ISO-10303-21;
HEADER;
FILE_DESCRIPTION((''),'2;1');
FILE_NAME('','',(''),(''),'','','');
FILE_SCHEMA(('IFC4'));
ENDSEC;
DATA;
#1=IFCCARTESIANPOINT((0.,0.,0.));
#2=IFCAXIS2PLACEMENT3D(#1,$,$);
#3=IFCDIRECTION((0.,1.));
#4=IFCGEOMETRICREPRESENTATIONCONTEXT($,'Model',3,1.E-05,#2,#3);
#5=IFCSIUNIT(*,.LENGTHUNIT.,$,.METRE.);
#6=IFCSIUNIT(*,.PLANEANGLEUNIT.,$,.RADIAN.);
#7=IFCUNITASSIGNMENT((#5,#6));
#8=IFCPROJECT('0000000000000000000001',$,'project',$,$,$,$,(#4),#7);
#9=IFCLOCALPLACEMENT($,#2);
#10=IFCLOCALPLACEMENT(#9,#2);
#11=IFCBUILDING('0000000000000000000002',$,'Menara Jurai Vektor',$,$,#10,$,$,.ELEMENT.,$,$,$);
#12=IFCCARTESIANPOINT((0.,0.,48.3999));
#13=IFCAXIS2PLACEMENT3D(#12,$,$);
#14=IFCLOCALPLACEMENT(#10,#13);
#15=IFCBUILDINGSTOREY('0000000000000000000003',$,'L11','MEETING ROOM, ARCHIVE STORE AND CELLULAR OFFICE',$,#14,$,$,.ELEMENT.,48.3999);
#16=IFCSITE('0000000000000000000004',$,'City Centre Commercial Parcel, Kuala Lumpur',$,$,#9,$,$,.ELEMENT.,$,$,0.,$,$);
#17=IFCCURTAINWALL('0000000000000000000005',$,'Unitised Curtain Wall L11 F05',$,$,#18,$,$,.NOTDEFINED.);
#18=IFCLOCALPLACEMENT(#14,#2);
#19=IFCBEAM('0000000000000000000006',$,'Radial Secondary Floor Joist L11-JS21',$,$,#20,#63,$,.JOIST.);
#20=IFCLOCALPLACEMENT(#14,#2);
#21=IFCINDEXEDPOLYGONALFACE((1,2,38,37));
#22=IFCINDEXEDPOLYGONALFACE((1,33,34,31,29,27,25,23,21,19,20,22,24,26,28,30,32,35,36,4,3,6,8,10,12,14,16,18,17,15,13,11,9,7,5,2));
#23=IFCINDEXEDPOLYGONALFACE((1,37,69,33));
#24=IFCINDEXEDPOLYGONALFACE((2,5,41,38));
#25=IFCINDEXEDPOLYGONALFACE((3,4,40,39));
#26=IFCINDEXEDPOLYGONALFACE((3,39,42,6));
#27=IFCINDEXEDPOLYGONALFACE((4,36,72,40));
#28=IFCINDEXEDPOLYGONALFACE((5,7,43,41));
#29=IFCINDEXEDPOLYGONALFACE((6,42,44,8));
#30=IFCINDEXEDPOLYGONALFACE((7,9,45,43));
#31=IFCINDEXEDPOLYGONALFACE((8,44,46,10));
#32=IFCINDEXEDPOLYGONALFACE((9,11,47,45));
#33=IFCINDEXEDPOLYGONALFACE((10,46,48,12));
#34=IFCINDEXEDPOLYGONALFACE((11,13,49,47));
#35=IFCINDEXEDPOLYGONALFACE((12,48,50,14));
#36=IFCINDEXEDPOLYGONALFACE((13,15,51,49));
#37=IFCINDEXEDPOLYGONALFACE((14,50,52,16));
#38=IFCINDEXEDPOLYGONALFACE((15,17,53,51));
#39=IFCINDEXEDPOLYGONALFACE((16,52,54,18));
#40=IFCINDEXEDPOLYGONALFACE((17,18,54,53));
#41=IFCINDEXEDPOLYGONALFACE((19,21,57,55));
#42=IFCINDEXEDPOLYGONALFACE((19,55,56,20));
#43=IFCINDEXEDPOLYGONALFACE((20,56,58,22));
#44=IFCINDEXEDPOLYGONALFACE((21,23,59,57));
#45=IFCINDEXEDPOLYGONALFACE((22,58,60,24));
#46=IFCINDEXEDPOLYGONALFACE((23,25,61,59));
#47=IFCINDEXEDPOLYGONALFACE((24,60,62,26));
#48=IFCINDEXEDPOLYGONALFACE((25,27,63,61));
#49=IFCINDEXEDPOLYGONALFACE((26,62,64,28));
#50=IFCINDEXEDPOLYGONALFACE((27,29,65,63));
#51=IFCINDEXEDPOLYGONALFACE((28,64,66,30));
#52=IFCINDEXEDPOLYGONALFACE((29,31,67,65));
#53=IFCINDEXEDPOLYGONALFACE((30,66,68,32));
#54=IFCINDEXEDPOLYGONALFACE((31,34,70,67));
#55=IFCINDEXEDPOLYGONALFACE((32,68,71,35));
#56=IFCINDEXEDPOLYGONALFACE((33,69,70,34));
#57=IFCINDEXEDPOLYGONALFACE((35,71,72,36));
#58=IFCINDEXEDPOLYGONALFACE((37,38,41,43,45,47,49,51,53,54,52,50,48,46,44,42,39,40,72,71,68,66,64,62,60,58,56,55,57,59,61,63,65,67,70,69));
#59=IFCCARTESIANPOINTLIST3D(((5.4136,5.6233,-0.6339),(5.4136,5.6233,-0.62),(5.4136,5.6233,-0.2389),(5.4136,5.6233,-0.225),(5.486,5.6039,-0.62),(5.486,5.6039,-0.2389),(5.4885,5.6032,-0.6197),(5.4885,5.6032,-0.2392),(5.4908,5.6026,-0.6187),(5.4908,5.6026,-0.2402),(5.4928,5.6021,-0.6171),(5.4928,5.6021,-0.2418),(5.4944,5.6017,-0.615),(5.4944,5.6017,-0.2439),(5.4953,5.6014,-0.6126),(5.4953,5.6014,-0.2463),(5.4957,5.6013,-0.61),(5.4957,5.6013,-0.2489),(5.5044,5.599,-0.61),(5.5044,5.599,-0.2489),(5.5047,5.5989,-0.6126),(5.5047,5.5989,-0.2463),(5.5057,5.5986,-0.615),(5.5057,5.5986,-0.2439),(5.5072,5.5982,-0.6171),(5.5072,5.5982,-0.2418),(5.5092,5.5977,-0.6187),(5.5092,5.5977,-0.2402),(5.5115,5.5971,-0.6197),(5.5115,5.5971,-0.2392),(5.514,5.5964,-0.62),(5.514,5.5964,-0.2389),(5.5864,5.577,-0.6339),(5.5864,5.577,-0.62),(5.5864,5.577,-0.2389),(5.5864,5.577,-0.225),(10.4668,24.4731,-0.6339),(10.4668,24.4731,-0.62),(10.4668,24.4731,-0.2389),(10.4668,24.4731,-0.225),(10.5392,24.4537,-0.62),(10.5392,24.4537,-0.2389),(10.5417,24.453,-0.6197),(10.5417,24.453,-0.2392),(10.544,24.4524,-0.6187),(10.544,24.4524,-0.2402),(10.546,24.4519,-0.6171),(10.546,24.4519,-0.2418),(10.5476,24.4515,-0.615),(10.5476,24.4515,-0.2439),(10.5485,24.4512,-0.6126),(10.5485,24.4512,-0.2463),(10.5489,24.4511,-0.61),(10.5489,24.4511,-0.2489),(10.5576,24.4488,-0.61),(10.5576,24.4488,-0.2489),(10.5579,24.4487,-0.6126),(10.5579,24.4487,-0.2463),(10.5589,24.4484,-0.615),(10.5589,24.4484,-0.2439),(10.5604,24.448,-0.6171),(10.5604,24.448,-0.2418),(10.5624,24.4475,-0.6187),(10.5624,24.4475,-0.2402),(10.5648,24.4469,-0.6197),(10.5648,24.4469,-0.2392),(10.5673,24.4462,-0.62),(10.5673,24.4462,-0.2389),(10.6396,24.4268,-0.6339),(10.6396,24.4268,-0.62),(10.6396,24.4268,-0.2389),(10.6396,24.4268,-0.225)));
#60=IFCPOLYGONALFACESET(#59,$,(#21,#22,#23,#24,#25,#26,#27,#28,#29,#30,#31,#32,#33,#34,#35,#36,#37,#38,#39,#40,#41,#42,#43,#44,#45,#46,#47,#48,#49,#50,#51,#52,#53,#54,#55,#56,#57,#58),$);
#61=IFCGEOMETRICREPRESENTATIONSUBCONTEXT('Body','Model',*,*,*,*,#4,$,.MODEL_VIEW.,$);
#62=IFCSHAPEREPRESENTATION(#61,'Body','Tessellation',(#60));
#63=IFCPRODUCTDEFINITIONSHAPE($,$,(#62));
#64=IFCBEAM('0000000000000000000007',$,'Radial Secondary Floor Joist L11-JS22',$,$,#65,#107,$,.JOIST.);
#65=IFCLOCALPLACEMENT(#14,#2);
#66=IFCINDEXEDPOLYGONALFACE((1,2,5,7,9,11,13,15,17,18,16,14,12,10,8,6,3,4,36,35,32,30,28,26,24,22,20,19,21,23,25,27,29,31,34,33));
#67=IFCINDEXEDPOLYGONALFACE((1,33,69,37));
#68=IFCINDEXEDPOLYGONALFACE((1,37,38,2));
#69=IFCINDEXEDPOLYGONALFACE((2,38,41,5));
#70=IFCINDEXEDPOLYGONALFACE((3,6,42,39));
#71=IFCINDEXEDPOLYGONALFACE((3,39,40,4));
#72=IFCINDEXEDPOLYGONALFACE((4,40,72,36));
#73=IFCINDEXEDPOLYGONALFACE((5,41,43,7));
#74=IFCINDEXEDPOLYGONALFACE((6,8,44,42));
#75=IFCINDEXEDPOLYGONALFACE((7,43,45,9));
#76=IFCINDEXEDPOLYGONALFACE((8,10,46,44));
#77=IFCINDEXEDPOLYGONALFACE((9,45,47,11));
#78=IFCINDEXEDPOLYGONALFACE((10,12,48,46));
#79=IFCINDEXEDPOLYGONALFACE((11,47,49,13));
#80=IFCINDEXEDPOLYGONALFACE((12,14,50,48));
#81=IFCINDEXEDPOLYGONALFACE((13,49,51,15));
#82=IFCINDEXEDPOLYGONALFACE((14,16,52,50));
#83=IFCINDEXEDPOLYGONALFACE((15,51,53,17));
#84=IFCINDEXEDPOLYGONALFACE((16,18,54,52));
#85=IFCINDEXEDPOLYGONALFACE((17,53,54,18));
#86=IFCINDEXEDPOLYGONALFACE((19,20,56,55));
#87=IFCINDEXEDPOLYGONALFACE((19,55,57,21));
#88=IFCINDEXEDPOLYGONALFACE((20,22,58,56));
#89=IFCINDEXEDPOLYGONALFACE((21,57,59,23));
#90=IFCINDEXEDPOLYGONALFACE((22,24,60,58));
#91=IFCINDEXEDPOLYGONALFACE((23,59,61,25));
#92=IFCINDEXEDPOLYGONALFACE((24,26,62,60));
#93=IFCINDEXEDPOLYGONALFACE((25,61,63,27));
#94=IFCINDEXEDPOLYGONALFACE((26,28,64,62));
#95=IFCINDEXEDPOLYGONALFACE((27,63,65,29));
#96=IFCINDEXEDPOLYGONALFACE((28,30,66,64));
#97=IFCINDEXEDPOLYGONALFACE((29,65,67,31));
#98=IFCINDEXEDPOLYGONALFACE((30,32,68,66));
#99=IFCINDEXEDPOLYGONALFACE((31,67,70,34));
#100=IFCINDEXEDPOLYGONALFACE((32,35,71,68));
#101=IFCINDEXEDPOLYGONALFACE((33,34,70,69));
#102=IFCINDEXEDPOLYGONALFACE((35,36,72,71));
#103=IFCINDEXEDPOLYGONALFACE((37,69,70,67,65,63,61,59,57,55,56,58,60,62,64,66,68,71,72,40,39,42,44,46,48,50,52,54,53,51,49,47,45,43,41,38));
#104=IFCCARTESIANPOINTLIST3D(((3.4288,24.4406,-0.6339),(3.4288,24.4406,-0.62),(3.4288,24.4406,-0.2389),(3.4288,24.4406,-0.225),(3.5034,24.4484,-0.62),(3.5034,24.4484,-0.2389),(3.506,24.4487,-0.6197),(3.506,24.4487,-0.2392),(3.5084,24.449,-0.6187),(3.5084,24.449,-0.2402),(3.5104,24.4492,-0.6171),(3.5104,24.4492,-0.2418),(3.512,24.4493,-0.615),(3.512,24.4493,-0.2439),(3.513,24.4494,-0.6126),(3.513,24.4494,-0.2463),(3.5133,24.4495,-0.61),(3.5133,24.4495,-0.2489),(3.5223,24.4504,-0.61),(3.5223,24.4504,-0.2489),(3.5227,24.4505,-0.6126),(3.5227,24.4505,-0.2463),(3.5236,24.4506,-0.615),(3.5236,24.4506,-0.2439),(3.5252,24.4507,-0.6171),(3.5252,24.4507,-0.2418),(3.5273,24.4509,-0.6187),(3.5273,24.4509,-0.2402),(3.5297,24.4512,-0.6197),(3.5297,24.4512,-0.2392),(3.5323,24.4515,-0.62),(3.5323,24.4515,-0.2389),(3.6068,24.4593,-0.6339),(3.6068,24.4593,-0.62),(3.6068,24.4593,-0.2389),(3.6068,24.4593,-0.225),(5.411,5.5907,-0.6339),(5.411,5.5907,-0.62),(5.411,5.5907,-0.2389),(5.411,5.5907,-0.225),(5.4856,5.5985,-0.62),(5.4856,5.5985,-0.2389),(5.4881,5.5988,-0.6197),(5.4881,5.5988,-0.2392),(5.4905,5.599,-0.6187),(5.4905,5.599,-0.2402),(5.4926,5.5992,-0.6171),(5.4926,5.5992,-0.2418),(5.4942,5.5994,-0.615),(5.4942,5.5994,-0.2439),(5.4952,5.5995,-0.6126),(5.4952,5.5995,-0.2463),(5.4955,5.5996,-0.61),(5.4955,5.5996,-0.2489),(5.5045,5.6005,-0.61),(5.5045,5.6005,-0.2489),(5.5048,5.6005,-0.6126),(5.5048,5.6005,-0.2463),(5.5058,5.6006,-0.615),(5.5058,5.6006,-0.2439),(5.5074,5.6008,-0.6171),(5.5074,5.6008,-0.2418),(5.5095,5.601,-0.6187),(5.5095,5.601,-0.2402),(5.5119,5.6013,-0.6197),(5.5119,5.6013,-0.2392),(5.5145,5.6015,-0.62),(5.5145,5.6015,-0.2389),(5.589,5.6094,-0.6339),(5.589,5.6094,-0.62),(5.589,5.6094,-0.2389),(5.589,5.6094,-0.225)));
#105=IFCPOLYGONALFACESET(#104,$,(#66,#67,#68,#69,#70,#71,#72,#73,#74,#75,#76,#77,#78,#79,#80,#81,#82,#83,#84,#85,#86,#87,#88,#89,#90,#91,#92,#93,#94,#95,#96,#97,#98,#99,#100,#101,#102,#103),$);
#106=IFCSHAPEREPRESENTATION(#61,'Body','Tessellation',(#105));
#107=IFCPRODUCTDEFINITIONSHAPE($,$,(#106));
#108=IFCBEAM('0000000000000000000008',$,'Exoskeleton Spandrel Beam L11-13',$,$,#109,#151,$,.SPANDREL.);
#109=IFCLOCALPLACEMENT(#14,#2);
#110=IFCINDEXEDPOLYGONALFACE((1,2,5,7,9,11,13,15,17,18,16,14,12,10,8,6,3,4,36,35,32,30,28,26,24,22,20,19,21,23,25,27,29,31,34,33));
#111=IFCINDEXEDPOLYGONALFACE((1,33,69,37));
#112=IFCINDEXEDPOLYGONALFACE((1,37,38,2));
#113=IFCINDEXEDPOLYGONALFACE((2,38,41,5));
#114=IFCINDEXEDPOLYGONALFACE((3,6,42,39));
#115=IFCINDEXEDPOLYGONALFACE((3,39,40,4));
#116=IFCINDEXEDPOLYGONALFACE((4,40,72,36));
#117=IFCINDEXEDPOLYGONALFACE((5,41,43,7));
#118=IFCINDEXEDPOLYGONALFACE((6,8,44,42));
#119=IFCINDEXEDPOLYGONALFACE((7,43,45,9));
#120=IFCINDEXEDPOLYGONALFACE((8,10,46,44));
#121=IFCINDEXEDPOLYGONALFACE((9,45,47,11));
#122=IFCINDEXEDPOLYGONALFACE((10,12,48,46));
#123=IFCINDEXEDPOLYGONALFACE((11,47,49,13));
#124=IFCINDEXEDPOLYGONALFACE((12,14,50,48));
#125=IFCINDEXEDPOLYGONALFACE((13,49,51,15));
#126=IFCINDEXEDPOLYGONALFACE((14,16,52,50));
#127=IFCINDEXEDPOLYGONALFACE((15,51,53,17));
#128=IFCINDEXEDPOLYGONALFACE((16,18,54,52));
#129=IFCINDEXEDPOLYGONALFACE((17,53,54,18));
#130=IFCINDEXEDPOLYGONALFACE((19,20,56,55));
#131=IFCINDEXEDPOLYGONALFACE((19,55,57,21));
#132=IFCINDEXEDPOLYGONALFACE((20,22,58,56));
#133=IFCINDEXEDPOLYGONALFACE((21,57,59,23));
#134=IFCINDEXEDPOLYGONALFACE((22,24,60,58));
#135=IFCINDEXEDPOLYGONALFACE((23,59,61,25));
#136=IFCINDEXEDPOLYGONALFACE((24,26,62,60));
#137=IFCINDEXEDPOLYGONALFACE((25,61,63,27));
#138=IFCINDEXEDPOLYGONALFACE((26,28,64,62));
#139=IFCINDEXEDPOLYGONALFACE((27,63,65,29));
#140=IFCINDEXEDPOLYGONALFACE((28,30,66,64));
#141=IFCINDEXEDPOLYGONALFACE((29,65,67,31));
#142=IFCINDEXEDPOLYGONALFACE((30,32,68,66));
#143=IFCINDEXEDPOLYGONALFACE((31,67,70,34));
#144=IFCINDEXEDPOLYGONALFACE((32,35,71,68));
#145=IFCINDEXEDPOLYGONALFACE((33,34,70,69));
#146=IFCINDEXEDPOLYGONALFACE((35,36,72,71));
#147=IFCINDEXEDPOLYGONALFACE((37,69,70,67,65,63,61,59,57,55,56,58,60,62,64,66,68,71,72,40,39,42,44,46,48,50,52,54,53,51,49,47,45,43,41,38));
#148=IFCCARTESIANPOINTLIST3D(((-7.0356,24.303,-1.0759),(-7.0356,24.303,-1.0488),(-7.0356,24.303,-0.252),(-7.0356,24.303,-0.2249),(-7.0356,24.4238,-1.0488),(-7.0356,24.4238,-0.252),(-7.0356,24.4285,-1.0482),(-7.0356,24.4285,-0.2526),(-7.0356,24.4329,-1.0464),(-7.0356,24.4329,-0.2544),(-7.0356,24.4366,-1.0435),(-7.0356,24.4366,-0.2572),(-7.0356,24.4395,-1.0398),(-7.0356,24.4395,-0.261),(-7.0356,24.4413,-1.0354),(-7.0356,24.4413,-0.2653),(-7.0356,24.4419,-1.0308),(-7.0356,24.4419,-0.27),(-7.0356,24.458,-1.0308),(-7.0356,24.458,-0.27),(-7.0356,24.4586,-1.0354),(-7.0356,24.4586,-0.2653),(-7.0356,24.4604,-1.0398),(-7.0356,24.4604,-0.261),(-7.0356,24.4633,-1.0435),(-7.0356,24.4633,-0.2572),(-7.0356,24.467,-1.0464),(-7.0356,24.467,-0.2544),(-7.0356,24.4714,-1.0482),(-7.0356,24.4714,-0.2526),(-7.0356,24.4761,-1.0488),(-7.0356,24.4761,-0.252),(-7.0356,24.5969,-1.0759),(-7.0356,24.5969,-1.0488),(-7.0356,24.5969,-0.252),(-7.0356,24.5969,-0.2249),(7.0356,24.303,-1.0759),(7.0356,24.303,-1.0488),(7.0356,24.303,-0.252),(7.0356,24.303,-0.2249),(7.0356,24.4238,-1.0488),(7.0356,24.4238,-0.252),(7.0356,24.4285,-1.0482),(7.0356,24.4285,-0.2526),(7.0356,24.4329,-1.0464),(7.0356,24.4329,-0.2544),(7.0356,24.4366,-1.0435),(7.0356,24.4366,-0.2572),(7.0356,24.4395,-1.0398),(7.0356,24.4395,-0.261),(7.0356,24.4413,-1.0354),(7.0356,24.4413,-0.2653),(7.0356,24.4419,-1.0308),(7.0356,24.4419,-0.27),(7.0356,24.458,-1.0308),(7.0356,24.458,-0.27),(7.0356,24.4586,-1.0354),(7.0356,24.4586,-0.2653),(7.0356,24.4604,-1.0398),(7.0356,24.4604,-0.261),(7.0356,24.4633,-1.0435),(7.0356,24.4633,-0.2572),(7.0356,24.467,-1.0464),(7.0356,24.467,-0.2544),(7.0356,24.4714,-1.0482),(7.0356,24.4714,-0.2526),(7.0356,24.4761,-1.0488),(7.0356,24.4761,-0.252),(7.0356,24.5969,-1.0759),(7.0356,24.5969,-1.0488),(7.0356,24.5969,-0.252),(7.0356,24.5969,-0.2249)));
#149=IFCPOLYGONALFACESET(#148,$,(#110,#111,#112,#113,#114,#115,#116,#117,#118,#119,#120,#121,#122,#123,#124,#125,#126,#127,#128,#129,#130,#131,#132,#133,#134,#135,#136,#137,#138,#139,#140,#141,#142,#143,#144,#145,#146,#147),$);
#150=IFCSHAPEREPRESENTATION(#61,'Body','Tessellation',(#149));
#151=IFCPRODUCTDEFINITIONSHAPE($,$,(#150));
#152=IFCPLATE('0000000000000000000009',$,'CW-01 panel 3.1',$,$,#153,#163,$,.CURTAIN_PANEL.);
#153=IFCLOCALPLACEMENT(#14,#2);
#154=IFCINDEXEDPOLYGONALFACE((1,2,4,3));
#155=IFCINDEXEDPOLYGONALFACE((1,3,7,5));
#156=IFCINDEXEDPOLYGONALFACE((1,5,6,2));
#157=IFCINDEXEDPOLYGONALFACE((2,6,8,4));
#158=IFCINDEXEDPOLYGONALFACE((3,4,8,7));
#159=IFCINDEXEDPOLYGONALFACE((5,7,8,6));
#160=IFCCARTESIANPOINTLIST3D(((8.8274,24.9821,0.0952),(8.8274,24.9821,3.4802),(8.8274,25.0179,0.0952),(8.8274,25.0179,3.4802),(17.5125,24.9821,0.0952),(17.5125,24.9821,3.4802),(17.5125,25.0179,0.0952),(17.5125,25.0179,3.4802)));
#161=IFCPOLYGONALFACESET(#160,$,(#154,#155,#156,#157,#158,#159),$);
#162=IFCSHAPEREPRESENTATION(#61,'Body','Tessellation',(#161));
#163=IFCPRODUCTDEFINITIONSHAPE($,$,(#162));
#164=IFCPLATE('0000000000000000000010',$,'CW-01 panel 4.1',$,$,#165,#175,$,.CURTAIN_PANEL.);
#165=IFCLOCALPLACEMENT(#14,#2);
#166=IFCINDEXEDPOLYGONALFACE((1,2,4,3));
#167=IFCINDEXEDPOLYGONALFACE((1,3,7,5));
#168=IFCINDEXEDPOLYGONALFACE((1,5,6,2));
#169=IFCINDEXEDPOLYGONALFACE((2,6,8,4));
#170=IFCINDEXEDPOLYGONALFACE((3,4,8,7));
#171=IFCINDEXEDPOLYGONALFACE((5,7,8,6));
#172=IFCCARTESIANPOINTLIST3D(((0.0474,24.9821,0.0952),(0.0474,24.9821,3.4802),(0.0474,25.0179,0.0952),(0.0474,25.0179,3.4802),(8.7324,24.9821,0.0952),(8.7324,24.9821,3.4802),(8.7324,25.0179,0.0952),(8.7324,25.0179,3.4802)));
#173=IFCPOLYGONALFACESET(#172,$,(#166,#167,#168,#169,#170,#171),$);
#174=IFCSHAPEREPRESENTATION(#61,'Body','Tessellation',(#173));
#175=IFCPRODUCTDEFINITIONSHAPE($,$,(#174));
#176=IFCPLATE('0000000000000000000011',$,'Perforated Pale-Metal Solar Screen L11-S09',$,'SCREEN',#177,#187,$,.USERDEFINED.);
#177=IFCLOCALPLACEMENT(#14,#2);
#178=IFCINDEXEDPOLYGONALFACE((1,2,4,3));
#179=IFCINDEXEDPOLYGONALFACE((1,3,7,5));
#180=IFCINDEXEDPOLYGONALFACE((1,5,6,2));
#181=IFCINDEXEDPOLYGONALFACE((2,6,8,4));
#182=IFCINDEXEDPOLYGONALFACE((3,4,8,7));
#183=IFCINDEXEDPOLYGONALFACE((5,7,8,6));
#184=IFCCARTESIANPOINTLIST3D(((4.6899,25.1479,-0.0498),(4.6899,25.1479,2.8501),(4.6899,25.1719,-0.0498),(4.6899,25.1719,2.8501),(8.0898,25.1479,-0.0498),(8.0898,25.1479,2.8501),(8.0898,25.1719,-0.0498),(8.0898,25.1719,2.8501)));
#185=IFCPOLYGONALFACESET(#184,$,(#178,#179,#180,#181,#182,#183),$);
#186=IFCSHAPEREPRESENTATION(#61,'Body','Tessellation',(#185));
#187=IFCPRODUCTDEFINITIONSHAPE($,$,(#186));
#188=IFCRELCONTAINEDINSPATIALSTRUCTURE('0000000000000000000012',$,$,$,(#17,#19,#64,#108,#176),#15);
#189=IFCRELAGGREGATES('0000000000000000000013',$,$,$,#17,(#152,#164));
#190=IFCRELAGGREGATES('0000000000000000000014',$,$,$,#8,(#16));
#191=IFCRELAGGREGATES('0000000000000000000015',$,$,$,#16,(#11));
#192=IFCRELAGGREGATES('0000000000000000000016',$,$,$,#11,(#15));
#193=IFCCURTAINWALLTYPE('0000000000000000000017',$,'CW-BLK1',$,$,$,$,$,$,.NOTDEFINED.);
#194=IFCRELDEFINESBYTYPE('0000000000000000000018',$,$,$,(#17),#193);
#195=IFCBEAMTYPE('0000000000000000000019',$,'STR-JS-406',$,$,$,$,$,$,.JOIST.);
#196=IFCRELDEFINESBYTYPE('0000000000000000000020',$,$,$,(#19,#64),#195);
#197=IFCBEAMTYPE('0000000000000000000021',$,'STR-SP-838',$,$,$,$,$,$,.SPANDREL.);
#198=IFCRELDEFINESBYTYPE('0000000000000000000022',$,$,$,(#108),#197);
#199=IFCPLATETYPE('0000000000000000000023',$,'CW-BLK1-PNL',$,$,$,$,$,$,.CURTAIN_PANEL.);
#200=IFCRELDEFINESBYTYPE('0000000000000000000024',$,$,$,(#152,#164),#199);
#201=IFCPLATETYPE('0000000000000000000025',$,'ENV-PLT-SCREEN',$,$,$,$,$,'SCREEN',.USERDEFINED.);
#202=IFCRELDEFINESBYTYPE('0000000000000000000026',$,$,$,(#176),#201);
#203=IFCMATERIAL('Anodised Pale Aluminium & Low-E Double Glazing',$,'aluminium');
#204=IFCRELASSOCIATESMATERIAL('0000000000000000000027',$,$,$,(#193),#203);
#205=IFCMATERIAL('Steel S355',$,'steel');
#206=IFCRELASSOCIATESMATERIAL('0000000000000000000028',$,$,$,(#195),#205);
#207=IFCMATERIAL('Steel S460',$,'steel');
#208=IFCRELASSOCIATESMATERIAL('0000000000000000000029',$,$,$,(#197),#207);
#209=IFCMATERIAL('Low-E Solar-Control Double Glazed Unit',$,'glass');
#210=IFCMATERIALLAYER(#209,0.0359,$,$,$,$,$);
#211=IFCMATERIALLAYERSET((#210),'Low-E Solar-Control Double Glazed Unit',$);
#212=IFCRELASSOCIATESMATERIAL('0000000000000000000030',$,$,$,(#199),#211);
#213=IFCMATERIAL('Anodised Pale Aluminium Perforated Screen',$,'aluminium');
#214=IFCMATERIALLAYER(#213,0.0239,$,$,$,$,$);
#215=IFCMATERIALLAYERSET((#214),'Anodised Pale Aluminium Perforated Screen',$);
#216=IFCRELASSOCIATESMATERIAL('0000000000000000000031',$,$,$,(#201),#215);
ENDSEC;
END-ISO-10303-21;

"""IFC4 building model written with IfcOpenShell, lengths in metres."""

from ifc_helpers import new_model, si_unit, direction, frame, origin, origin_2d, place, context, subcontext, project, spatial, rectangle, i_section, extrude, material, layer, layer_set, material_profile, profile_set, type_object, element, aggregate, save


model = new_model("IFC4")

# Units and contexts
model_context = context("Model", 3, precision=1e-05, world=origin(), true_north=direction((0.0, 1.0)))
body_context = subcontext(model_context, "Body", "Model", "MODEL_VIEW")
ifc_project = project(units=[si_unit("LENGTHUNIT", "METRE"), si_unit("PLANEANGLEUNIT", "RADIAN")], contexts=[model_context])

# Site, building, storey
site_placement = place(None, origin())
site = spatial("IfcSite", under=ifc_project, at=site_placement, Name="City Centre Commercial Parcel, Kuala Lumpur", CompositionType="ELEMENT", RefElevation=0.0)
building_placement = place(site_placement, origin())
building = spatial("IfcBuilding", under=site, at=building_placement, Name="Menara Jurai Vektor", CompositionType="ELEMENT")
storey_placement = place(building_placement, frame((0.0, 0.0, 48.3999)))
storey = spatial("IfcBuildingStorey", under=building, at=storey_placement, Name="L11", Description="MEETING ROOM, ARCHIVE STORE AND CELLULAR OFFICE", CompositionType="ELEMENT", Elevation=48.3999)

# Shared definitions
ifc_material_1 = material(Name="Steel S460", Category="steel")

# Curtain wall
ifc_material_2 = material(Name="Anodised Pale Aluminium & Low-E Double Glazing", Category="aluminium")
curtain_wall_type = type_object("IfcCurtainWallType", Name="CW-BLK1", PredefinedType="NOTDEFINED", material=ifc_material_2)
curtain_wall_placement = place(storey_placement, origin())
curtain_wall = element("IfcCurtainWall", 1, at=curtain_wall_placement, inside=storey, type_object=curtain_wall_type, Name="Unitised Curtain Wall L11 F05", PredefinedType="NOTDEFINED")

# Beams
ifc_material_3 = material(Name="Steel S355", Category="steel")
ifc_material_profile_1 = material_profile(ifc_material_3, i_section(OverallWidth=0.179, OverallDepth=0.4089, WebThickness=0.009, FlangeThickness=0.0139, FilletRadius=0.01, at=origin_2d()), Name="UKB 406x178x67")
ifc_profile_set_1 = profile_set([ifc_material_profile_1], Name="Steel S355")
beam_type_1 = type_object("IfcBeamType", Name="STR-JS-406", PredefinedType="JOIST", material=ifc_profile_set_1)
beam_1_placement = place(storey_placement, frame((10.5532, 24.45, -0.4294), z_axis=(-0.258935, -0.965895, 0.0), x_axis=(0.965895, -0.258935, 0.0)))
element("IfcBeam", 2, at=beam_1_placement, inside=storey, type_object=beam_type_1, Name="Radial Secondary Floor Joist L11-JS21", PredefinedType="JOIST", context=body_context, shape_type="SweptSolid", body=[
    extrude(i_section(OverallWidth=0.179, OverallDepth=0.4089, WebThickness=0.009, FlangeThickness=0.0139, FilletRadius=0.01, at=origin_2d()), origin(), (0.0, 0.0, 1.0), 19.5154),
])
beam_2_placement = place(storey_placement, frame((3.5178, 24.45, -0.4294), z_axis=(0.10458, -0.994517, 0.0), x_axis=(0.994517, 0.10458, 0.0)))
element("IfcBeam", 3, at=beam_2_placement, inside=storey, type_object=beam_type_1, Name="Radial Secondary Floor Joist L11-JS22", PredefinedType="JOIST", context=body_context, shape_type="SweptSolid", body=[
    extrude(i_section(OverallWidth=0.179, OverallDepth=0.4089, WebThickness=0.009, FlangeThickness=0.0139, FilletRadius=0.01, at=origin_2d()), origin(), (0.0, 0.0, 1.0), 18.9539),
])
ifc_material_profile_2 = material_profile(ifc_material_1, i_section(OverallWidth=0.2939, OverallDepth=0.8511, WebThickness=0.0161, FlangeThickness=0.0271, FilletRadius=0.0181, at=origin_2d()), Name="UKB 838x292x226")
ifc_profile_set_2 = profile_set([ifc_material_profile_2], Name="Steel S460")
beam_type_2 = type_object("IfcBeamType", Name="STR-SP-838", PredefinedType="SPANDREL", material=ifc_profile_set_2)
beam_3_placement = place(storey_placement, frame((7.0356, 24.45, -0.6504), z_axis=(-1.0, 0.0, 0.0), x_axis=(0.0, -1.0, 0.0)))
element("IfcBeam", 4, at=beam_3_placement, inside=storey, type_object=beam_type_2, Name="Exoskeleton Spandrel Beam L11-13", PredefinedType="SPANDREL", context=body_context, shape_type="SweptSolid", body=[
    extrude(i_section(OverallWidth=0.2939, OverallDepth=0.8511, WebThickness=0.0161, FlangeThickness=0.0271, FilletRadius=0.0181, at=origin_2d()), origin(), (0.0, 0.0, 1.0), 14.0713),
])

# Plates
ifc_material_4 = material(Name="Low-E Solar-Control Double Glazed Unit", Category="glass")
ifc_layer_1 = layer(ifc_material_4, 0.0359)
ifc_layer_set_1 = layer_set([ifc_layer_1], Name="Low-E Solar-Control Double Glazed Unit")
plate_type_1 = type_object("IfcPlateType", Name="CW-BLK1-PNL", PredefinedType="CURTAIN_PANEL", material=ifc_layer_set_1)
plate_1_placement = place(storey_placement, frame((13.1699, 25.0, 0.0952), z_axis=(0.0, 0.0, 1.0), x_axis=(-1.0, 0.0, 0.0)))
plate_1 = element("IfcPlate", 5, at=plate_1_placement, type_object=plate_type_1, Name="CW-01 panel 3.1", PredefinedType="CURTAIN_PANEL", context=body_context, shape_type="SweptSolid", body=[
    extrude(rectangle(XDim=8.6851, YDim=0.0359, at=origin_2d()), origin(), (0.0, 0.0, 1.0), 3.385),
])
plate_2_placement = place(storey_placement, frame((4.3899, 25.0, 0.0952), z_axis=(0.0, 0.0, 1.0), x_axis=(-1.0, 0.0, 0.0)))
plate_2 = element("IfcPlate", 6, at=plate_2_placement, type_object=plate_type_1, Name="CW-01 panel 4.1", PredefinedType="CURTAIN_PANEL", context=body_context, shape_type="SweptSolid", body=[
    extrude(rectangle(XDim=8.6851, YDim=0.0359, at=origin_2d()), origin(), (0.0, 0.0, 1.0), 3.385),
])
aggregate(curtain_wall, [plate_1, plate_2])
ifc_material_5 = material(Name="Anodised Pale Aluminium Perforated Screen", Category="aluminium")
ifc_layer_2 = layer(ifc_material_5, 0.0239)
ifc_layer_set_2 = layer_set([ifc_layer_2], Name="Anodised Pale Aluminium Perforated Screen")
plate_type_2 = type_object("IfcPlateType", Name="ENV-PLT-SCREEN", ElementType="SCREEN", PredefinedType="USERDEFINED", material=ifc_layer_set_2)
plate_3_placement = place(storey_placement, frame((6.3899, 25.1599, -0.0498), z_axis=(0.0, 0.0, 1.0), x_axis=(-1.0, 0.0, 0.0)))
element("IfcPlate", 7, at=plate_3_placement, inside=storey, type_object=plate_type_2, Name="Perforated Pale-Metal Solar Screen L11-S09", ObjectType="SCREEN", PredefinedType="USERDEFINED", context=body_context, shape_type="SweptSolid", body=[
    extrude(rectangle(XDim=3.3999, YDim=0.0239, at=origin_2d()), origin(), (0.0, 0.0, 1.0), 2.8999),
])

save(model, "model.ifc")
